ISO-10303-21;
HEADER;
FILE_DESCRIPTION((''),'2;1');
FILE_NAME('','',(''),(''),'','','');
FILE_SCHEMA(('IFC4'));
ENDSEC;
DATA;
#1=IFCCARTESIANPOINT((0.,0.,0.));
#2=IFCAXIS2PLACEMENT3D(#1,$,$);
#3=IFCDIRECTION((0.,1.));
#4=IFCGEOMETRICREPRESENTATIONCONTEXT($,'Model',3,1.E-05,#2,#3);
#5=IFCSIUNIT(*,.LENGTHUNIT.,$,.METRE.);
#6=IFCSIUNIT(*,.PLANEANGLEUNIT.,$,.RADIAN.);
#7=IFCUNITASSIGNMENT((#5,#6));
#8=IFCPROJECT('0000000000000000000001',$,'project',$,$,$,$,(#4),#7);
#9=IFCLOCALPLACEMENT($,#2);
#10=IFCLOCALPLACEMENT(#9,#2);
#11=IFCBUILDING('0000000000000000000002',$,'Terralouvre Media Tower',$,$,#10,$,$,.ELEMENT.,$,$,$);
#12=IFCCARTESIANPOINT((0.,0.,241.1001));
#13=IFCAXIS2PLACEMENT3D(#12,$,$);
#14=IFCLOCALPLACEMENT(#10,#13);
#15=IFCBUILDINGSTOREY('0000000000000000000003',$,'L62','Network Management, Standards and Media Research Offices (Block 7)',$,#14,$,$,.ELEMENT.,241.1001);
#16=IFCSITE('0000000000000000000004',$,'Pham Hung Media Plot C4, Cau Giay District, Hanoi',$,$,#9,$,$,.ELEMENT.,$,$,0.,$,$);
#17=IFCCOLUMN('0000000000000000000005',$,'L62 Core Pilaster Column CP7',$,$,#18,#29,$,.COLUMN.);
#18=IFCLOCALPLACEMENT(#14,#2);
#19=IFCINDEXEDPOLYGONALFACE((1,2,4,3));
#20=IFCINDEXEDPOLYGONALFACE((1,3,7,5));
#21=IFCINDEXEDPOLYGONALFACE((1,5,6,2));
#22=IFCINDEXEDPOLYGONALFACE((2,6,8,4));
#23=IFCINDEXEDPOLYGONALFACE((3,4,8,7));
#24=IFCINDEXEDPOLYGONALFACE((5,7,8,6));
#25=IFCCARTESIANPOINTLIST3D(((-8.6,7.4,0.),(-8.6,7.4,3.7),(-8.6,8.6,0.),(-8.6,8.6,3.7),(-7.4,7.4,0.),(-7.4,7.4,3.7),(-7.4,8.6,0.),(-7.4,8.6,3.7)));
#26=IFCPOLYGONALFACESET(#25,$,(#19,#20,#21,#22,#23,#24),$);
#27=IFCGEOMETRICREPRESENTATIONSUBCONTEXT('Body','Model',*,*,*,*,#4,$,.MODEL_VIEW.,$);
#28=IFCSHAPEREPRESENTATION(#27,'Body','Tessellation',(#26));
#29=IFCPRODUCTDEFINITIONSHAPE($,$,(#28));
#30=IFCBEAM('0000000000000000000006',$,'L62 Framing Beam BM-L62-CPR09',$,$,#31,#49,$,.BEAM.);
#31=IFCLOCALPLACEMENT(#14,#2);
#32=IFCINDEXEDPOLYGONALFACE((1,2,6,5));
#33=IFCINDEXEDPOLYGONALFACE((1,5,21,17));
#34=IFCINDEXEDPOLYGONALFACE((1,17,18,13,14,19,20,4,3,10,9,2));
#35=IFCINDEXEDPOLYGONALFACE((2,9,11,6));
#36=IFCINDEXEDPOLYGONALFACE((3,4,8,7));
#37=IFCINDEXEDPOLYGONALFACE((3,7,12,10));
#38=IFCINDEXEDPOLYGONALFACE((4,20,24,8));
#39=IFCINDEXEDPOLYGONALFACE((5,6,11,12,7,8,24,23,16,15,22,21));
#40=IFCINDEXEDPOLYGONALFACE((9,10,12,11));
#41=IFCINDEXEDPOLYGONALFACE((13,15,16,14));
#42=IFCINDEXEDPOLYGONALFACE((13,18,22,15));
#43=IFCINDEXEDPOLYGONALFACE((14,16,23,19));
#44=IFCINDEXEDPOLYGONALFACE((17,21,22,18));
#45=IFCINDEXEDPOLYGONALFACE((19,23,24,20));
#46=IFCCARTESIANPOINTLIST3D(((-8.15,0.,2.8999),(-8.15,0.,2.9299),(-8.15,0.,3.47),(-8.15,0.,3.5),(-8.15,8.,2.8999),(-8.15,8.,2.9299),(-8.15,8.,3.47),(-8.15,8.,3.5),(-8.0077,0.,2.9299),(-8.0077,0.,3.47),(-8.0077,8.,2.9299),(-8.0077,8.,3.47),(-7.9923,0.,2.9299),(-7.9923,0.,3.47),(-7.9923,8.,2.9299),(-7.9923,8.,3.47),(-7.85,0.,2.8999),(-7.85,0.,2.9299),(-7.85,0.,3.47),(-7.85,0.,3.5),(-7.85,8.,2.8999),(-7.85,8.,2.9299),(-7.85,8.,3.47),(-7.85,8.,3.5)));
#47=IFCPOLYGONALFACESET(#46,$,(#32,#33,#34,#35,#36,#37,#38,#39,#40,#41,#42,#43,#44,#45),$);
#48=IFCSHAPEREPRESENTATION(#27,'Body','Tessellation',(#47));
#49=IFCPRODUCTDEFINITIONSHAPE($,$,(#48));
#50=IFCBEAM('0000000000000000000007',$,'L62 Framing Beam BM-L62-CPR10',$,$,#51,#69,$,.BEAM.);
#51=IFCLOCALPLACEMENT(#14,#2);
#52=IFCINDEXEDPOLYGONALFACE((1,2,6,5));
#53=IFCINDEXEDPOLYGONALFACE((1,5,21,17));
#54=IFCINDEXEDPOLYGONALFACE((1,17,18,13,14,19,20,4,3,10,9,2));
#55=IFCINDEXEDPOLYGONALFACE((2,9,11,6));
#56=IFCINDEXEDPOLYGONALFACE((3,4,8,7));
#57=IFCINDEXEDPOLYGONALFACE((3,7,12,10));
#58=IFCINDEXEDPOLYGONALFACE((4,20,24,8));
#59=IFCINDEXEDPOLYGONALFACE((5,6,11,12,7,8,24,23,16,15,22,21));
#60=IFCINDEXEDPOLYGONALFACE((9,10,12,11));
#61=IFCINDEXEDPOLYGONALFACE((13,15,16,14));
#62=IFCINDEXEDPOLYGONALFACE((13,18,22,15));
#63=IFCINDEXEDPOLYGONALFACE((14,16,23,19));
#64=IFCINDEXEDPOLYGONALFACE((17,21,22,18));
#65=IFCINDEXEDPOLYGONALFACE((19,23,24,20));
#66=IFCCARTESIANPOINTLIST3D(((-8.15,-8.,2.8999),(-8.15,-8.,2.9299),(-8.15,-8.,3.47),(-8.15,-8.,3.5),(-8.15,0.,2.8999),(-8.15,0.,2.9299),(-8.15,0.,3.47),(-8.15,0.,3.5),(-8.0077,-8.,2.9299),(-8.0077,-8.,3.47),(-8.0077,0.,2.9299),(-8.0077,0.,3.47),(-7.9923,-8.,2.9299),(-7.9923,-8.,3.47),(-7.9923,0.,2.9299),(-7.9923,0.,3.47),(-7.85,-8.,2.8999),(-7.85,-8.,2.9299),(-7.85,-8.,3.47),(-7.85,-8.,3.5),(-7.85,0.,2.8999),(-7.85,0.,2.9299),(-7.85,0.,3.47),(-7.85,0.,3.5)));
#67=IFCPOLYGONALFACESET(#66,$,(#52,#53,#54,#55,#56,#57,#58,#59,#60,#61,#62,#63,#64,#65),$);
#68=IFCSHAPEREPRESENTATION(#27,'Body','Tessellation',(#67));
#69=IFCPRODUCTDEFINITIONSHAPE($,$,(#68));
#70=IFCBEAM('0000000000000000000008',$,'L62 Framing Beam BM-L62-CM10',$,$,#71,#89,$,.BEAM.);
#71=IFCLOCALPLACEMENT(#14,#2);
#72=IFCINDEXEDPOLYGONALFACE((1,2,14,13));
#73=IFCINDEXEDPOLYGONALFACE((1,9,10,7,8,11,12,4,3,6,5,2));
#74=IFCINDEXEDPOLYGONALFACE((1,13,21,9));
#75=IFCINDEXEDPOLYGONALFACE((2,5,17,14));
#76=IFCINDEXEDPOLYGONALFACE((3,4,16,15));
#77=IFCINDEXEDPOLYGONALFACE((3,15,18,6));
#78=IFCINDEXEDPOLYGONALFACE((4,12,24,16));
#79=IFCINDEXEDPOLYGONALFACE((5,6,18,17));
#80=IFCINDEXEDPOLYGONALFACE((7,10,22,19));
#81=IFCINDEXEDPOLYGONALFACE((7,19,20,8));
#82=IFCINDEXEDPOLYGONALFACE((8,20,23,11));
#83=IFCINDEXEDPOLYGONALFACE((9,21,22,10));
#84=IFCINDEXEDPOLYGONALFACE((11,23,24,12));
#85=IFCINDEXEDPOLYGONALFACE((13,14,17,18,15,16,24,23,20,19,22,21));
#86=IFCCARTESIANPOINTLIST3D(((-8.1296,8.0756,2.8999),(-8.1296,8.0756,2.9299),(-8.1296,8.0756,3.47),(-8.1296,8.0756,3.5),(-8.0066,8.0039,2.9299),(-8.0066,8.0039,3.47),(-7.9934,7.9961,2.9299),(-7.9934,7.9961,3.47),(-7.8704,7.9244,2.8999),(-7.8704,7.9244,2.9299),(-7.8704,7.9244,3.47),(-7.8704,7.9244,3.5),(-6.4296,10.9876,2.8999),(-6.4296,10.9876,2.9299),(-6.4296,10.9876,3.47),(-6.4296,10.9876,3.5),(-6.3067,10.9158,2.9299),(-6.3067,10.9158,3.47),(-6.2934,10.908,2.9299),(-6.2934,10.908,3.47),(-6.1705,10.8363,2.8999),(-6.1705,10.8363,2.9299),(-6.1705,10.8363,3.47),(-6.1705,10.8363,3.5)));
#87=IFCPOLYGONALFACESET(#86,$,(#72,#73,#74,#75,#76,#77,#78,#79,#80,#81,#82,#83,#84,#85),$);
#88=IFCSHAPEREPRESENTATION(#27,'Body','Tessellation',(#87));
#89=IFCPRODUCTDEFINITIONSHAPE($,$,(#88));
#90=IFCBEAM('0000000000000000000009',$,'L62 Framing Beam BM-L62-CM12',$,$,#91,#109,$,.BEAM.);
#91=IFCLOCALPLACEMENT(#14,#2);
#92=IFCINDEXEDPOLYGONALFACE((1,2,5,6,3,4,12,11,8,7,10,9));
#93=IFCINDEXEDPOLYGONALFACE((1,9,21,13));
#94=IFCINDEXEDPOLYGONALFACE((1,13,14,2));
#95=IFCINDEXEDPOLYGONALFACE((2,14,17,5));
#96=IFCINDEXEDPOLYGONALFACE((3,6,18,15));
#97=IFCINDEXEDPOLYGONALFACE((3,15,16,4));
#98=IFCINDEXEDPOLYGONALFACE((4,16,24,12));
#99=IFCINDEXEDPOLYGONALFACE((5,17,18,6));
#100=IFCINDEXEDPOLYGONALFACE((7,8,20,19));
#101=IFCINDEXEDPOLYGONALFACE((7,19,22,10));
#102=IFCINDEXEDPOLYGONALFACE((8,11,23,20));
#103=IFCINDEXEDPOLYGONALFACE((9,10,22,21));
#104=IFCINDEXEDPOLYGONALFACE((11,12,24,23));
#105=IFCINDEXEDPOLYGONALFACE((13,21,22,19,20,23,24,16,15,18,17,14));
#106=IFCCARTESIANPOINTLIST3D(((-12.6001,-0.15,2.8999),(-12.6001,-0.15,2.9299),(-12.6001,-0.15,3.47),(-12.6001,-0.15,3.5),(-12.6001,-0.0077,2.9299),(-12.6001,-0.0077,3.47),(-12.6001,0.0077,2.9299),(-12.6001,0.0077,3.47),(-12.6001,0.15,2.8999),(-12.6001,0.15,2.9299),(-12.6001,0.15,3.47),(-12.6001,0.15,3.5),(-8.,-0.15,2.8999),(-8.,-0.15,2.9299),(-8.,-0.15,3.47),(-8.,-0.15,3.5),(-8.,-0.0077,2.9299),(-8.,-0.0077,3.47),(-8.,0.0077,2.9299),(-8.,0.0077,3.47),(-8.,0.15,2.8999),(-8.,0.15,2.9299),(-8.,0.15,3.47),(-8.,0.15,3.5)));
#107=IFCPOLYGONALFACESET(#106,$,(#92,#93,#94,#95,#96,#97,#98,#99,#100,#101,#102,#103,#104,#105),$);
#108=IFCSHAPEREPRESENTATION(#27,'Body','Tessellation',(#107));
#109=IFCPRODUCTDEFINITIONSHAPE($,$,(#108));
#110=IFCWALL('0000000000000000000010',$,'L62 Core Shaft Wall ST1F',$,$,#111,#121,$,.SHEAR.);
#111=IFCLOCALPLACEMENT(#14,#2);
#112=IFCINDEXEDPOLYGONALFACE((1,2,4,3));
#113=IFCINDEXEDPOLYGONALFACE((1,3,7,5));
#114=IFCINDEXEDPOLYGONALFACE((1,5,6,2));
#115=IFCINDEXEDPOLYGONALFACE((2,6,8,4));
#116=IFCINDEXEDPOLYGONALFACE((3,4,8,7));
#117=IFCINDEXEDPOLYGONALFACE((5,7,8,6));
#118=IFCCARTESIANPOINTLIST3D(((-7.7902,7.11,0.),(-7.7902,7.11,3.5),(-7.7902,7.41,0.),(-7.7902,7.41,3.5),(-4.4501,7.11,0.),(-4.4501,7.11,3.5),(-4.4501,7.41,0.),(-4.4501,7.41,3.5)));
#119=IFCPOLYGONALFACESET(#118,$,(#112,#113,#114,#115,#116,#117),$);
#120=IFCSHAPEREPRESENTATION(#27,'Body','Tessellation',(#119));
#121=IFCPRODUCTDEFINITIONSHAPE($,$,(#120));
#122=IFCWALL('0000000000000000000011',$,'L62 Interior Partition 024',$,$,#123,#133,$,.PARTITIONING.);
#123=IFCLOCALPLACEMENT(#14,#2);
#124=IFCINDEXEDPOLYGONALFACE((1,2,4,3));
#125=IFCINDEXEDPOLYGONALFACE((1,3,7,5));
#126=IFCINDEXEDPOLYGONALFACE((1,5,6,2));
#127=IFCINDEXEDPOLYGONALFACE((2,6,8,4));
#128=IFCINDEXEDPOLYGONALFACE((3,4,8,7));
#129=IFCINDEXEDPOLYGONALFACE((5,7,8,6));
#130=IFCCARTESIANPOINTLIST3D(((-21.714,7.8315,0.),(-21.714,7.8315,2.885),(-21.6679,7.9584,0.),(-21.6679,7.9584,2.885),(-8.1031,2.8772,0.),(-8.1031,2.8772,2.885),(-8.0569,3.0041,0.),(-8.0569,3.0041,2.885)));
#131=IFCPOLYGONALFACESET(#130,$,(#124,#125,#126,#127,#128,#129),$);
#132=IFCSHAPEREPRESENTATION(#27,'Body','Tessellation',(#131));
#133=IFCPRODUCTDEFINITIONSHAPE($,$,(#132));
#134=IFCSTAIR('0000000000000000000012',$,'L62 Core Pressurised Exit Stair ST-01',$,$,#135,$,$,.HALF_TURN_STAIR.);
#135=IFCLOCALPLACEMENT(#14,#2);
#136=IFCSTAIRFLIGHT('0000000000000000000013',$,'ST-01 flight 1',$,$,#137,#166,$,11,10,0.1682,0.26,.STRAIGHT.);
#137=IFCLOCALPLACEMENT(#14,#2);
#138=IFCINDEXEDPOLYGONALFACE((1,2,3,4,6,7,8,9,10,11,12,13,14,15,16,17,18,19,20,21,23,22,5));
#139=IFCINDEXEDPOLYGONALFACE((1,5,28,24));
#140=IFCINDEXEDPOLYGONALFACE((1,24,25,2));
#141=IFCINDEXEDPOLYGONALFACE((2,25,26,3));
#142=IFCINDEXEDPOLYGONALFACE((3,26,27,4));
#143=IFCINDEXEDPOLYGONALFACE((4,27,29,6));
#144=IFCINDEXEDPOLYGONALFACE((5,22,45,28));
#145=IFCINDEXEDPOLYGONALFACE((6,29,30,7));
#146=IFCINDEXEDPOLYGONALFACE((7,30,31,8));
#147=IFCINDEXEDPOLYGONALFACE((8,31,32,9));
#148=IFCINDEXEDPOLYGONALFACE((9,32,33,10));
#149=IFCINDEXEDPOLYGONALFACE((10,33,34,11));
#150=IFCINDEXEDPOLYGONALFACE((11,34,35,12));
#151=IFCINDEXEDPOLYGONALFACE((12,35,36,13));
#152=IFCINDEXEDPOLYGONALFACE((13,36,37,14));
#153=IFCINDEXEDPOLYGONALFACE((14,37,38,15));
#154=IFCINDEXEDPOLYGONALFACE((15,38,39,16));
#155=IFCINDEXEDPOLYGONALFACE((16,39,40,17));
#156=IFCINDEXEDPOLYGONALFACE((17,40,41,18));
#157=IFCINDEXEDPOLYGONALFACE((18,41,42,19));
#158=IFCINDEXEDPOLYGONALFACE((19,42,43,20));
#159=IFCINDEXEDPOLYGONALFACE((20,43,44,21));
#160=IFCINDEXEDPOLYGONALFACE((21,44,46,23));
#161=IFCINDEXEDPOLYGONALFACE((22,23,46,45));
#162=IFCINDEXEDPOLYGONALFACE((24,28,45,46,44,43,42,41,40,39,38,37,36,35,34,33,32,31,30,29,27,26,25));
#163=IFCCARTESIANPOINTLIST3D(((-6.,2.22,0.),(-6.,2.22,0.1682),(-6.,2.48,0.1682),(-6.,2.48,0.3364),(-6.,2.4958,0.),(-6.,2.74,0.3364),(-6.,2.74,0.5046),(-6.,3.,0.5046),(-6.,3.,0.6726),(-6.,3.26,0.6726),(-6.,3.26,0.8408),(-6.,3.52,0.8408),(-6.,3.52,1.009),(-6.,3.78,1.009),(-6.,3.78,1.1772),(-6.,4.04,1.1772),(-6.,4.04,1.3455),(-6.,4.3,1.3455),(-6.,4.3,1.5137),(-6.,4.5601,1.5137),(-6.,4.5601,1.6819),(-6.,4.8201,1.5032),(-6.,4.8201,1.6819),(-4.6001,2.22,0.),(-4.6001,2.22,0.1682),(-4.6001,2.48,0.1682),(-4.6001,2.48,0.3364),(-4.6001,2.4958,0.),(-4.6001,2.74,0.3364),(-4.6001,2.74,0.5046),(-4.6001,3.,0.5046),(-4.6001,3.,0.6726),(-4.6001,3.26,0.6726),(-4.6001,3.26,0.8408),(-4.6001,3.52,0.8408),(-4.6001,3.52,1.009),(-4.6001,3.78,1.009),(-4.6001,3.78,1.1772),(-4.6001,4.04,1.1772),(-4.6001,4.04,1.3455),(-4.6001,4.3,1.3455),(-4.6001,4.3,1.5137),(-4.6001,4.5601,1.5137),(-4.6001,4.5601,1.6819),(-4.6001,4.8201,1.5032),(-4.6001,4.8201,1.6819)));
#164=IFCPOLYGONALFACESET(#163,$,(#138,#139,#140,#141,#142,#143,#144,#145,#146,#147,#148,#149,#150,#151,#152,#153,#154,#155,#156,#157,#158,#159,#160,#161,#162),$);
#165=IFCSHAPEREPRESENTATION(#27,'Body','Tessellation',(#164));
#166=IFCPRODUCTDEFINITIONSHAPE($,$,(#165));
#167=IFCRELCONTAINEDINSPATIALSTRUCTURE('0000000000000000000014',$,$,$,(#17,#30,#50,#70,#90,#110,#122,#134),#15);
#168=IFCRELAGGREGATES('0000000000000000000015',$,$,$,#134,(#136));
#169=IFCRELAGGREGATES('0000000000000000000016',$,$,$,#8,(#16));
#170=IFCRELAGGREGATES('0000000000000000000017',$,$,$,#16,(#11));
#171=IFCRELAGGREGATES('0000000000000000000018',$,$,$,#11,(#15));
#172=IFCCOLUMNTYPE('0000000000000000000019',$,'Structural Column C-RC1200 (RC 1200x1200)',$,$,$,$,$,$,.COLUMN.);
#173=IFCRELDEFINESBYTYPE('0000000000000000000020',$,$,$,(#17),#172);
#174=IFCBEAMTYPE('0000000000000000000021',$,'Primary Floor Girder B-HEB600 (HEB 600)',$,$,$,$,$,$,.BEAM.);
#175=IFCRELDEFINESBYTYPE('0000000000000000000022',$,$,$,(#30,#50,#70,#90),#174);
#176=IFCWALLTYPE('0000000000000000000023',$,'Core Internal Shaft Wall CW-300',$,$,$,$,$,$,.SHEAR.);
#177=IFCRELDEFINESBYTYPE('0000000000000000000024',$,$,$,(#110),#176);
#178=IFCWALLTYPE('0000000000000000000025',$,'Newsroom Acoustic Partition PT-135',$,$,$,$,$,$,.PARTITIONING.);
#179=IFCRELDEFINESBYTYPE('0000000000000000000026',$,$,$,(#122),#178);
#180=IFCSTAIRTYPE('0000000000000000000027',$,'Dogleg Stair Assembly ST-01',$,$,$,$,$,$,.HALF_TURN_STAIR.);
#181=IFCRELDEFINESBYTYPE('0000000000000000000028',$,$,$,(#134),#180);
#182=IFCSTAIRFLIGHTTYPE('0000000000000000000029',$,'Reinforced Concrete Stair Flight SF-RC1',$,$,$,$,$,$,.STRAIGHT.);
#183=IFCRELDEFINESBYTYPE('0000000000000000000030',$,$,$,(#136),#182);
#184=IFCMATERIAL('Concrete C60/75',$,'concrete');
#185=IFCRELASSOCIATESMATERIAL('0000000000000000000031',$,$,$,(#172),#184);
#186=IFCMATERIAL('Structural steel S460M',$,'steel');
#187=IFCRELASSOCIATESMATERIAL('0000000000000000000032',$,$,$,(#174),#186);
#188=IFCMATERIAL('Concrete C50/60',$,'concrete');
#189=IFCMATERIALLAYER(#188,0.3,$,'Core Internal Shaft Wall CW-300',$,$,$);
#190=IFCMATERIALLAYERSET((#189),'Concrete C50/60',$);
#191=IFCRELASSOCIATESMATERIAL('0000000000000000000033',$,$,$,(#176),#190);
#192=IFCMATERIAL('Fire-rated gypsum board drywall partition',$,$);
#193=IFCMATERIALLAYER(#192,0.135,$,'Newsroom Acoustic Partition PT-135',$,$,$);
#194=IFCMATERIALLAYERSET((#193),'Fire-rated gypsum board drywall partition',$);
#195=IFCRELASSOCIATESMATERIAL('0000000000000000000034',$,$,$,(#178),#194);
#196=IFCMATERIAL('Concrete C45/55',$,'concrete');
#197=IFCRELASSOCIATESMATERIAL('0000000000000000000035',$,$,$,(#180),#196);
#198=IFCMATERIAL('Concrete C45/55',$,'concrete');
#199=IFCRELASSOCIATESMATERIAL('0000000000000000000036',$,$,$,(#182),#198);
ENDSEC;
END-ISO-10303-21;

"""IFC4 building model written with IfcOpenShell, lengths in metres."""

from ifc_helpers import new_model, si_unit, direction, frame, frame_2d, origin, origin_2d, place, context, subcontext, project, spatial, polyline, rectangle, i_section, outline, extrude, material, layer, layer_set, material_profile, profile_set, type_object, element, aggregate, save


model = new_model("IFC4")

# Units and contexts
model_context = context("Model", 3, precision=1e-05, world=origin(), true_north=direction((0.0, 1.0)))
body_context = subcontext(model_context, "Body", "Model", "MODEL_VIEW")
ifc_project = project(units=[si_unit("LENGTHUNIT", "METRE"), si_unit("PLANEANGLEUNIT", "RADIAN")], contexts=[model_context])

# Site, building, storey
site_placement = place(None, origin())
site = spatial("IfcSite", under=ifc_project, at=site_placement, Name="Pham Hung Media Plot C4, Cau Giay District, Hanoi", CompositionType="ELEMENT", RefElevation=0.0)
building_placement = place(site_placement, origin())
building = spatial("IfcBuilding", under=site, at=building_placement, Name="Terralouvre Media Tower", CompositionType="ELEMENT")
storey_placement = place(building_placement, frame((0.0, 0.0, 241.1001)))
storey = spatial("IfcBuildingStorey", under=building, at=storey_placement, Name="L62", Description="Network Management, Standards and Media Research Offices (Block 7)", CompositionType="ELEMENT", Elevation=241.1001)

# Column
ifc_material_1 = material(Name="Concrete C60/75", Category="concrete")
ifc_material_profile_1 = material_profile(ifc_material_1, rectangle(XDim=1.2, YDim=1.2, at=origin_2d()), Name="RC 1200x1200")
ifc_profile_set_1 = profile_set([ifc_material_profile_1], Name="Concrete C60/75")
column_type = type_object("IfcColumnType", Name="Structural Column C-RC1200 (RC 1200x1200)", PredefinedType="COLUMN", material=ifc_profile_set_1)
column_placement = place(storey_placement, frame((-8.0, 8.0, 0.0), z_axis=(0.0, 0.0, 1.0), x_axis=(1.0, 0.0, 0.0)))
element("IfcColumn", 1, at=column_placement, inside=storey, type_object=column_type, Name="L62 Core Pilaster Column CP7", PredefinedType="COLUMN", context=body_context, shape_type="SweptSolid", body=[
    extrude(rectangle(XDim=1.2, YDim=1.2, at=origin_2d()), origin(), (0.0, 0.0, 1.0), 3.7),
])

# Beams
ifc_material_2 = material(Name="Structural steel S460M", Category="steel")
ifc_material_profile_2 = material_profile(ifc_material_2, i_section(OverallWidth=0.3, OverallDepth=0.6001, WebThickness=0.0154, FlangeThickness=0.03, at=origin_2d()), Name="HEB 600")
ifc_profile_set_2 = profile_set([ifc_material_profile_2], Name="Structural steel S460M")
beam_type = type_object("IfcBeamType", Name="Primary Floor Girder B-HEB600 (HEB 600)", PredefinedType="BEAM", material=ifc_profile_set_2)
for number, where, z_axis, x_axis, name in (
    (2, (-8.0, 8.0, 3.2), (0.0, -1.0, 0.0), (1.0, 0.0, 0.0), "L62 Framing Beam BM-L62-CPR09"),
    (3, (-8.0, 0.0, 3.2), (0.0, -1.0, 0.0), (1.0, 0.0, 0.0), "L62 Framing Beam BM-L62-CPR10"),
):
    element("IfcBeam", number, at=place(storey_placement, frame(where, z_axis=z_axis, x_axis=x_axis)), inside=storey, type_object=beam_type, Name=name, PredefinedType="BEAM", context=body_context, shape_type="SweptSolid", body=[
        extrude(i_section(OverallWidth=0.3, OverallDepth=0.6001, WebThickness=0.0154, FlangeThickness=0.03, at=origin_2d()), origin(), (0.0, 0.0, 1.0), 8.0),
    ])
beam_1_placement = place(storey_placement, frame((-8.0, 8.0, 3.2), z_axis=(0.504173, 0.863603, 0.0), x_axis=(-0.863603, 0.504173, 0.0)))
element("IfcBeam", 4, at=beam_1_placement, inside=storey, type_object=beam_type, Name="L62 Framing Beam BM-L62-CM10", PredefinedType="BEAM", context=body_context, shape_type="SweptSolid", body=[
    extrude(i_section(OverallWidth=0.3, OverallDepth=0.6001, WebThickness=0.0154, FlangeThickness=0.03, at=origin_2d()), origin(), (0.0, 0.0, 1.0), 3.3718),
])
beam_2_placement = place(storey_placement, frame((-8.0, 0.0, 3.2), z_axis=(-1.0, 0.0, 0.0), x_axis=(0.0, -1.0, 0.0)))
element("IfcBeam", 5, at=beam_2_placement, inside=storey, type_object=beam_type, Name="L62 Framing Beam BM-L62-CM12", PredefinedType="BEAM", context=body_context, shape_type="SweptSolid", body=[
    extrude(i_section(OverallWidth=0.3, OverallDepth=0.6001, WebThickness=0.0154, FlangeThickness=0.03, at=origin_2d()), origin(), (0.0, 0.0, 1.0), 4.6001),
])

# Shared definitions
ifc_material_3 = material(Name="Concrete C50/60", Category="concrete")
ifc_layer_1 = layer(ifc_material_3, 0.3, Name="Core Internal Shaft Wall CW-300")
ifc_layer_set_1 = layer_set([ifc_layer_1], Name="Concrete C50/60")
wall_type_1 = type_object("IfcWallType", Name="Core Internal Shaft Wall CW-300", PredefinedType="SHEAR", material=ifc_layer_set_1)

# Walls
wall_1_placement = place(storey_placement, frame((-7.79, 7.26, 0.0), z_axis=(0.0, 0.0, 1.0), x_axis=(1.0, 0.0, 0.0)))
element("IfcWall", 6, at=wall_1_placement, inside=storey, type_object=wall_type_1, Name="L62 Core Shaft Wall ST1F", PredefinedType="SHEAR", context=body_context, shape_type="SweptSolid", body=[
    extrude(rectangle(XDim=3.3401, YDim=0.3, at=frame_2d((1.6699, 0.0))), origin(), (0.0, 0.0, 1.0), 3.5),
])
ifc_material_4 = material(Name="Fire-rated gypsum board drywall partition")
ifc_layer_2 = layer(ifc_material_4, 0.135, Name="Newsroom Acoustic Partition PT-135")
ifc_layer_set_2 = layer_set([ifc_layer_2], Name="Fire-rated gypsum board drywall partition")
wall_type_2 = type_object("IfcWallType", Name="Newsroom Acoustic Partition PT-135", PredefinedType="PARTITIONING", material=ifc_layer_set_2)
wall_2_placement = place(storey_placement, frame((-8.0801, 2.9407, 0.0), z_axis=(0.0, 0.0, 1.0), x_axis=(-0.939686, 0.342039, 0.0)))
element("IfcWall", 7, at=wall_2_placement, inside=storey, type_object=wall_type_2, Name="L62 Interior Partition 024", PredefinedType="PARTITIONING", context=body_context, shape_type="SweptSolid", body=[
    extrude(rectangle(XDim=14.4846, YDim=0.135, at=frame_2d((7.2422, 0.0))), origin(), (0.0, 0.0, 1.0), 2.885),
])

# Stair, stair flight
ifc_material_5 = material(Name="Concrete C45/55", Category="concrete")
stair_type = type_object("IfcStairType", Name="Dogleg Stair Assembly ST-01", PredefinedType="HALF_TURN_STAIR", material=ifc_material_5)
stair_placement = place(storey_placement, origin())
stair = element("IfcStair", 8, at=stair_placement, inside=storey, type_object=stair_type, Name="L62 Core Pressurised Exit Stair ST-01", PredefinedType="HALF_TURN_STAIR")
ifc_material_6 = material(Name="Concrete C45/55", Category="concrete")
stair_flight_type = type_object("IfcStairFlightType", Name="Reinforced Concrete Stair Flight SF-RC1", PredefinedType="STRAIGHT", material=ifc_material_6)
stair_flight_1_placement = place(storey_placement, frame((-5.3, 2.22, 0.0), z_axis=(0.0, 0.0, 1.0), x_axis=(0.0, 1.0, 0.0)))
stair_flight_1 = element("IfcStairFlight", 9, at=stair_flight_1_placement, type_object=stair_flight_type, Name="ST-01 flight 1", NumberOfRisers=11, NumberOfTreads=10, PredefinedType="STRAIGHT", RiserHeight=0.1682, TreadLength=0.26, context=body_context, shape_type="SweptSolid", body=[
    extrude(outline(polyline([(0.0, 0.0), (0.0, 0.1682), (0.26, 0.1682), (0.26, 0.3364), (0.52, 0.3364), (0.52, 0.5046), (0.78, 0.5046), (0.78, 0.6726), (1.04, 0.6726), (1.04, 0.8408), (1.3, 0.8408), (1.3, 1.009), (1.5601, 1.009), (1.5601, 1.1772), (1.8201, 1.1772), (1.8201, 1.3455), (2.0801, 1.3455), (2.0801, 1.5137), (2.3401, 1.5137), (2.3401, 1.6819), (2.6001, 1.6819), (2.6001, 1.8501), (2.6001, 1.5032), (0.2759, 0.0), (0.0, 0.0)])), frame((0.0, 0.7, 0.0), z_axis=(0.0, -1.0, 0.0), x_axis=(1.0, 0.0, 0.0)), (0.0, 0.0, 1.0), 1.3999),
])
aggregate(stair, [stair_flight_1])

save(model, "model.ifc")
